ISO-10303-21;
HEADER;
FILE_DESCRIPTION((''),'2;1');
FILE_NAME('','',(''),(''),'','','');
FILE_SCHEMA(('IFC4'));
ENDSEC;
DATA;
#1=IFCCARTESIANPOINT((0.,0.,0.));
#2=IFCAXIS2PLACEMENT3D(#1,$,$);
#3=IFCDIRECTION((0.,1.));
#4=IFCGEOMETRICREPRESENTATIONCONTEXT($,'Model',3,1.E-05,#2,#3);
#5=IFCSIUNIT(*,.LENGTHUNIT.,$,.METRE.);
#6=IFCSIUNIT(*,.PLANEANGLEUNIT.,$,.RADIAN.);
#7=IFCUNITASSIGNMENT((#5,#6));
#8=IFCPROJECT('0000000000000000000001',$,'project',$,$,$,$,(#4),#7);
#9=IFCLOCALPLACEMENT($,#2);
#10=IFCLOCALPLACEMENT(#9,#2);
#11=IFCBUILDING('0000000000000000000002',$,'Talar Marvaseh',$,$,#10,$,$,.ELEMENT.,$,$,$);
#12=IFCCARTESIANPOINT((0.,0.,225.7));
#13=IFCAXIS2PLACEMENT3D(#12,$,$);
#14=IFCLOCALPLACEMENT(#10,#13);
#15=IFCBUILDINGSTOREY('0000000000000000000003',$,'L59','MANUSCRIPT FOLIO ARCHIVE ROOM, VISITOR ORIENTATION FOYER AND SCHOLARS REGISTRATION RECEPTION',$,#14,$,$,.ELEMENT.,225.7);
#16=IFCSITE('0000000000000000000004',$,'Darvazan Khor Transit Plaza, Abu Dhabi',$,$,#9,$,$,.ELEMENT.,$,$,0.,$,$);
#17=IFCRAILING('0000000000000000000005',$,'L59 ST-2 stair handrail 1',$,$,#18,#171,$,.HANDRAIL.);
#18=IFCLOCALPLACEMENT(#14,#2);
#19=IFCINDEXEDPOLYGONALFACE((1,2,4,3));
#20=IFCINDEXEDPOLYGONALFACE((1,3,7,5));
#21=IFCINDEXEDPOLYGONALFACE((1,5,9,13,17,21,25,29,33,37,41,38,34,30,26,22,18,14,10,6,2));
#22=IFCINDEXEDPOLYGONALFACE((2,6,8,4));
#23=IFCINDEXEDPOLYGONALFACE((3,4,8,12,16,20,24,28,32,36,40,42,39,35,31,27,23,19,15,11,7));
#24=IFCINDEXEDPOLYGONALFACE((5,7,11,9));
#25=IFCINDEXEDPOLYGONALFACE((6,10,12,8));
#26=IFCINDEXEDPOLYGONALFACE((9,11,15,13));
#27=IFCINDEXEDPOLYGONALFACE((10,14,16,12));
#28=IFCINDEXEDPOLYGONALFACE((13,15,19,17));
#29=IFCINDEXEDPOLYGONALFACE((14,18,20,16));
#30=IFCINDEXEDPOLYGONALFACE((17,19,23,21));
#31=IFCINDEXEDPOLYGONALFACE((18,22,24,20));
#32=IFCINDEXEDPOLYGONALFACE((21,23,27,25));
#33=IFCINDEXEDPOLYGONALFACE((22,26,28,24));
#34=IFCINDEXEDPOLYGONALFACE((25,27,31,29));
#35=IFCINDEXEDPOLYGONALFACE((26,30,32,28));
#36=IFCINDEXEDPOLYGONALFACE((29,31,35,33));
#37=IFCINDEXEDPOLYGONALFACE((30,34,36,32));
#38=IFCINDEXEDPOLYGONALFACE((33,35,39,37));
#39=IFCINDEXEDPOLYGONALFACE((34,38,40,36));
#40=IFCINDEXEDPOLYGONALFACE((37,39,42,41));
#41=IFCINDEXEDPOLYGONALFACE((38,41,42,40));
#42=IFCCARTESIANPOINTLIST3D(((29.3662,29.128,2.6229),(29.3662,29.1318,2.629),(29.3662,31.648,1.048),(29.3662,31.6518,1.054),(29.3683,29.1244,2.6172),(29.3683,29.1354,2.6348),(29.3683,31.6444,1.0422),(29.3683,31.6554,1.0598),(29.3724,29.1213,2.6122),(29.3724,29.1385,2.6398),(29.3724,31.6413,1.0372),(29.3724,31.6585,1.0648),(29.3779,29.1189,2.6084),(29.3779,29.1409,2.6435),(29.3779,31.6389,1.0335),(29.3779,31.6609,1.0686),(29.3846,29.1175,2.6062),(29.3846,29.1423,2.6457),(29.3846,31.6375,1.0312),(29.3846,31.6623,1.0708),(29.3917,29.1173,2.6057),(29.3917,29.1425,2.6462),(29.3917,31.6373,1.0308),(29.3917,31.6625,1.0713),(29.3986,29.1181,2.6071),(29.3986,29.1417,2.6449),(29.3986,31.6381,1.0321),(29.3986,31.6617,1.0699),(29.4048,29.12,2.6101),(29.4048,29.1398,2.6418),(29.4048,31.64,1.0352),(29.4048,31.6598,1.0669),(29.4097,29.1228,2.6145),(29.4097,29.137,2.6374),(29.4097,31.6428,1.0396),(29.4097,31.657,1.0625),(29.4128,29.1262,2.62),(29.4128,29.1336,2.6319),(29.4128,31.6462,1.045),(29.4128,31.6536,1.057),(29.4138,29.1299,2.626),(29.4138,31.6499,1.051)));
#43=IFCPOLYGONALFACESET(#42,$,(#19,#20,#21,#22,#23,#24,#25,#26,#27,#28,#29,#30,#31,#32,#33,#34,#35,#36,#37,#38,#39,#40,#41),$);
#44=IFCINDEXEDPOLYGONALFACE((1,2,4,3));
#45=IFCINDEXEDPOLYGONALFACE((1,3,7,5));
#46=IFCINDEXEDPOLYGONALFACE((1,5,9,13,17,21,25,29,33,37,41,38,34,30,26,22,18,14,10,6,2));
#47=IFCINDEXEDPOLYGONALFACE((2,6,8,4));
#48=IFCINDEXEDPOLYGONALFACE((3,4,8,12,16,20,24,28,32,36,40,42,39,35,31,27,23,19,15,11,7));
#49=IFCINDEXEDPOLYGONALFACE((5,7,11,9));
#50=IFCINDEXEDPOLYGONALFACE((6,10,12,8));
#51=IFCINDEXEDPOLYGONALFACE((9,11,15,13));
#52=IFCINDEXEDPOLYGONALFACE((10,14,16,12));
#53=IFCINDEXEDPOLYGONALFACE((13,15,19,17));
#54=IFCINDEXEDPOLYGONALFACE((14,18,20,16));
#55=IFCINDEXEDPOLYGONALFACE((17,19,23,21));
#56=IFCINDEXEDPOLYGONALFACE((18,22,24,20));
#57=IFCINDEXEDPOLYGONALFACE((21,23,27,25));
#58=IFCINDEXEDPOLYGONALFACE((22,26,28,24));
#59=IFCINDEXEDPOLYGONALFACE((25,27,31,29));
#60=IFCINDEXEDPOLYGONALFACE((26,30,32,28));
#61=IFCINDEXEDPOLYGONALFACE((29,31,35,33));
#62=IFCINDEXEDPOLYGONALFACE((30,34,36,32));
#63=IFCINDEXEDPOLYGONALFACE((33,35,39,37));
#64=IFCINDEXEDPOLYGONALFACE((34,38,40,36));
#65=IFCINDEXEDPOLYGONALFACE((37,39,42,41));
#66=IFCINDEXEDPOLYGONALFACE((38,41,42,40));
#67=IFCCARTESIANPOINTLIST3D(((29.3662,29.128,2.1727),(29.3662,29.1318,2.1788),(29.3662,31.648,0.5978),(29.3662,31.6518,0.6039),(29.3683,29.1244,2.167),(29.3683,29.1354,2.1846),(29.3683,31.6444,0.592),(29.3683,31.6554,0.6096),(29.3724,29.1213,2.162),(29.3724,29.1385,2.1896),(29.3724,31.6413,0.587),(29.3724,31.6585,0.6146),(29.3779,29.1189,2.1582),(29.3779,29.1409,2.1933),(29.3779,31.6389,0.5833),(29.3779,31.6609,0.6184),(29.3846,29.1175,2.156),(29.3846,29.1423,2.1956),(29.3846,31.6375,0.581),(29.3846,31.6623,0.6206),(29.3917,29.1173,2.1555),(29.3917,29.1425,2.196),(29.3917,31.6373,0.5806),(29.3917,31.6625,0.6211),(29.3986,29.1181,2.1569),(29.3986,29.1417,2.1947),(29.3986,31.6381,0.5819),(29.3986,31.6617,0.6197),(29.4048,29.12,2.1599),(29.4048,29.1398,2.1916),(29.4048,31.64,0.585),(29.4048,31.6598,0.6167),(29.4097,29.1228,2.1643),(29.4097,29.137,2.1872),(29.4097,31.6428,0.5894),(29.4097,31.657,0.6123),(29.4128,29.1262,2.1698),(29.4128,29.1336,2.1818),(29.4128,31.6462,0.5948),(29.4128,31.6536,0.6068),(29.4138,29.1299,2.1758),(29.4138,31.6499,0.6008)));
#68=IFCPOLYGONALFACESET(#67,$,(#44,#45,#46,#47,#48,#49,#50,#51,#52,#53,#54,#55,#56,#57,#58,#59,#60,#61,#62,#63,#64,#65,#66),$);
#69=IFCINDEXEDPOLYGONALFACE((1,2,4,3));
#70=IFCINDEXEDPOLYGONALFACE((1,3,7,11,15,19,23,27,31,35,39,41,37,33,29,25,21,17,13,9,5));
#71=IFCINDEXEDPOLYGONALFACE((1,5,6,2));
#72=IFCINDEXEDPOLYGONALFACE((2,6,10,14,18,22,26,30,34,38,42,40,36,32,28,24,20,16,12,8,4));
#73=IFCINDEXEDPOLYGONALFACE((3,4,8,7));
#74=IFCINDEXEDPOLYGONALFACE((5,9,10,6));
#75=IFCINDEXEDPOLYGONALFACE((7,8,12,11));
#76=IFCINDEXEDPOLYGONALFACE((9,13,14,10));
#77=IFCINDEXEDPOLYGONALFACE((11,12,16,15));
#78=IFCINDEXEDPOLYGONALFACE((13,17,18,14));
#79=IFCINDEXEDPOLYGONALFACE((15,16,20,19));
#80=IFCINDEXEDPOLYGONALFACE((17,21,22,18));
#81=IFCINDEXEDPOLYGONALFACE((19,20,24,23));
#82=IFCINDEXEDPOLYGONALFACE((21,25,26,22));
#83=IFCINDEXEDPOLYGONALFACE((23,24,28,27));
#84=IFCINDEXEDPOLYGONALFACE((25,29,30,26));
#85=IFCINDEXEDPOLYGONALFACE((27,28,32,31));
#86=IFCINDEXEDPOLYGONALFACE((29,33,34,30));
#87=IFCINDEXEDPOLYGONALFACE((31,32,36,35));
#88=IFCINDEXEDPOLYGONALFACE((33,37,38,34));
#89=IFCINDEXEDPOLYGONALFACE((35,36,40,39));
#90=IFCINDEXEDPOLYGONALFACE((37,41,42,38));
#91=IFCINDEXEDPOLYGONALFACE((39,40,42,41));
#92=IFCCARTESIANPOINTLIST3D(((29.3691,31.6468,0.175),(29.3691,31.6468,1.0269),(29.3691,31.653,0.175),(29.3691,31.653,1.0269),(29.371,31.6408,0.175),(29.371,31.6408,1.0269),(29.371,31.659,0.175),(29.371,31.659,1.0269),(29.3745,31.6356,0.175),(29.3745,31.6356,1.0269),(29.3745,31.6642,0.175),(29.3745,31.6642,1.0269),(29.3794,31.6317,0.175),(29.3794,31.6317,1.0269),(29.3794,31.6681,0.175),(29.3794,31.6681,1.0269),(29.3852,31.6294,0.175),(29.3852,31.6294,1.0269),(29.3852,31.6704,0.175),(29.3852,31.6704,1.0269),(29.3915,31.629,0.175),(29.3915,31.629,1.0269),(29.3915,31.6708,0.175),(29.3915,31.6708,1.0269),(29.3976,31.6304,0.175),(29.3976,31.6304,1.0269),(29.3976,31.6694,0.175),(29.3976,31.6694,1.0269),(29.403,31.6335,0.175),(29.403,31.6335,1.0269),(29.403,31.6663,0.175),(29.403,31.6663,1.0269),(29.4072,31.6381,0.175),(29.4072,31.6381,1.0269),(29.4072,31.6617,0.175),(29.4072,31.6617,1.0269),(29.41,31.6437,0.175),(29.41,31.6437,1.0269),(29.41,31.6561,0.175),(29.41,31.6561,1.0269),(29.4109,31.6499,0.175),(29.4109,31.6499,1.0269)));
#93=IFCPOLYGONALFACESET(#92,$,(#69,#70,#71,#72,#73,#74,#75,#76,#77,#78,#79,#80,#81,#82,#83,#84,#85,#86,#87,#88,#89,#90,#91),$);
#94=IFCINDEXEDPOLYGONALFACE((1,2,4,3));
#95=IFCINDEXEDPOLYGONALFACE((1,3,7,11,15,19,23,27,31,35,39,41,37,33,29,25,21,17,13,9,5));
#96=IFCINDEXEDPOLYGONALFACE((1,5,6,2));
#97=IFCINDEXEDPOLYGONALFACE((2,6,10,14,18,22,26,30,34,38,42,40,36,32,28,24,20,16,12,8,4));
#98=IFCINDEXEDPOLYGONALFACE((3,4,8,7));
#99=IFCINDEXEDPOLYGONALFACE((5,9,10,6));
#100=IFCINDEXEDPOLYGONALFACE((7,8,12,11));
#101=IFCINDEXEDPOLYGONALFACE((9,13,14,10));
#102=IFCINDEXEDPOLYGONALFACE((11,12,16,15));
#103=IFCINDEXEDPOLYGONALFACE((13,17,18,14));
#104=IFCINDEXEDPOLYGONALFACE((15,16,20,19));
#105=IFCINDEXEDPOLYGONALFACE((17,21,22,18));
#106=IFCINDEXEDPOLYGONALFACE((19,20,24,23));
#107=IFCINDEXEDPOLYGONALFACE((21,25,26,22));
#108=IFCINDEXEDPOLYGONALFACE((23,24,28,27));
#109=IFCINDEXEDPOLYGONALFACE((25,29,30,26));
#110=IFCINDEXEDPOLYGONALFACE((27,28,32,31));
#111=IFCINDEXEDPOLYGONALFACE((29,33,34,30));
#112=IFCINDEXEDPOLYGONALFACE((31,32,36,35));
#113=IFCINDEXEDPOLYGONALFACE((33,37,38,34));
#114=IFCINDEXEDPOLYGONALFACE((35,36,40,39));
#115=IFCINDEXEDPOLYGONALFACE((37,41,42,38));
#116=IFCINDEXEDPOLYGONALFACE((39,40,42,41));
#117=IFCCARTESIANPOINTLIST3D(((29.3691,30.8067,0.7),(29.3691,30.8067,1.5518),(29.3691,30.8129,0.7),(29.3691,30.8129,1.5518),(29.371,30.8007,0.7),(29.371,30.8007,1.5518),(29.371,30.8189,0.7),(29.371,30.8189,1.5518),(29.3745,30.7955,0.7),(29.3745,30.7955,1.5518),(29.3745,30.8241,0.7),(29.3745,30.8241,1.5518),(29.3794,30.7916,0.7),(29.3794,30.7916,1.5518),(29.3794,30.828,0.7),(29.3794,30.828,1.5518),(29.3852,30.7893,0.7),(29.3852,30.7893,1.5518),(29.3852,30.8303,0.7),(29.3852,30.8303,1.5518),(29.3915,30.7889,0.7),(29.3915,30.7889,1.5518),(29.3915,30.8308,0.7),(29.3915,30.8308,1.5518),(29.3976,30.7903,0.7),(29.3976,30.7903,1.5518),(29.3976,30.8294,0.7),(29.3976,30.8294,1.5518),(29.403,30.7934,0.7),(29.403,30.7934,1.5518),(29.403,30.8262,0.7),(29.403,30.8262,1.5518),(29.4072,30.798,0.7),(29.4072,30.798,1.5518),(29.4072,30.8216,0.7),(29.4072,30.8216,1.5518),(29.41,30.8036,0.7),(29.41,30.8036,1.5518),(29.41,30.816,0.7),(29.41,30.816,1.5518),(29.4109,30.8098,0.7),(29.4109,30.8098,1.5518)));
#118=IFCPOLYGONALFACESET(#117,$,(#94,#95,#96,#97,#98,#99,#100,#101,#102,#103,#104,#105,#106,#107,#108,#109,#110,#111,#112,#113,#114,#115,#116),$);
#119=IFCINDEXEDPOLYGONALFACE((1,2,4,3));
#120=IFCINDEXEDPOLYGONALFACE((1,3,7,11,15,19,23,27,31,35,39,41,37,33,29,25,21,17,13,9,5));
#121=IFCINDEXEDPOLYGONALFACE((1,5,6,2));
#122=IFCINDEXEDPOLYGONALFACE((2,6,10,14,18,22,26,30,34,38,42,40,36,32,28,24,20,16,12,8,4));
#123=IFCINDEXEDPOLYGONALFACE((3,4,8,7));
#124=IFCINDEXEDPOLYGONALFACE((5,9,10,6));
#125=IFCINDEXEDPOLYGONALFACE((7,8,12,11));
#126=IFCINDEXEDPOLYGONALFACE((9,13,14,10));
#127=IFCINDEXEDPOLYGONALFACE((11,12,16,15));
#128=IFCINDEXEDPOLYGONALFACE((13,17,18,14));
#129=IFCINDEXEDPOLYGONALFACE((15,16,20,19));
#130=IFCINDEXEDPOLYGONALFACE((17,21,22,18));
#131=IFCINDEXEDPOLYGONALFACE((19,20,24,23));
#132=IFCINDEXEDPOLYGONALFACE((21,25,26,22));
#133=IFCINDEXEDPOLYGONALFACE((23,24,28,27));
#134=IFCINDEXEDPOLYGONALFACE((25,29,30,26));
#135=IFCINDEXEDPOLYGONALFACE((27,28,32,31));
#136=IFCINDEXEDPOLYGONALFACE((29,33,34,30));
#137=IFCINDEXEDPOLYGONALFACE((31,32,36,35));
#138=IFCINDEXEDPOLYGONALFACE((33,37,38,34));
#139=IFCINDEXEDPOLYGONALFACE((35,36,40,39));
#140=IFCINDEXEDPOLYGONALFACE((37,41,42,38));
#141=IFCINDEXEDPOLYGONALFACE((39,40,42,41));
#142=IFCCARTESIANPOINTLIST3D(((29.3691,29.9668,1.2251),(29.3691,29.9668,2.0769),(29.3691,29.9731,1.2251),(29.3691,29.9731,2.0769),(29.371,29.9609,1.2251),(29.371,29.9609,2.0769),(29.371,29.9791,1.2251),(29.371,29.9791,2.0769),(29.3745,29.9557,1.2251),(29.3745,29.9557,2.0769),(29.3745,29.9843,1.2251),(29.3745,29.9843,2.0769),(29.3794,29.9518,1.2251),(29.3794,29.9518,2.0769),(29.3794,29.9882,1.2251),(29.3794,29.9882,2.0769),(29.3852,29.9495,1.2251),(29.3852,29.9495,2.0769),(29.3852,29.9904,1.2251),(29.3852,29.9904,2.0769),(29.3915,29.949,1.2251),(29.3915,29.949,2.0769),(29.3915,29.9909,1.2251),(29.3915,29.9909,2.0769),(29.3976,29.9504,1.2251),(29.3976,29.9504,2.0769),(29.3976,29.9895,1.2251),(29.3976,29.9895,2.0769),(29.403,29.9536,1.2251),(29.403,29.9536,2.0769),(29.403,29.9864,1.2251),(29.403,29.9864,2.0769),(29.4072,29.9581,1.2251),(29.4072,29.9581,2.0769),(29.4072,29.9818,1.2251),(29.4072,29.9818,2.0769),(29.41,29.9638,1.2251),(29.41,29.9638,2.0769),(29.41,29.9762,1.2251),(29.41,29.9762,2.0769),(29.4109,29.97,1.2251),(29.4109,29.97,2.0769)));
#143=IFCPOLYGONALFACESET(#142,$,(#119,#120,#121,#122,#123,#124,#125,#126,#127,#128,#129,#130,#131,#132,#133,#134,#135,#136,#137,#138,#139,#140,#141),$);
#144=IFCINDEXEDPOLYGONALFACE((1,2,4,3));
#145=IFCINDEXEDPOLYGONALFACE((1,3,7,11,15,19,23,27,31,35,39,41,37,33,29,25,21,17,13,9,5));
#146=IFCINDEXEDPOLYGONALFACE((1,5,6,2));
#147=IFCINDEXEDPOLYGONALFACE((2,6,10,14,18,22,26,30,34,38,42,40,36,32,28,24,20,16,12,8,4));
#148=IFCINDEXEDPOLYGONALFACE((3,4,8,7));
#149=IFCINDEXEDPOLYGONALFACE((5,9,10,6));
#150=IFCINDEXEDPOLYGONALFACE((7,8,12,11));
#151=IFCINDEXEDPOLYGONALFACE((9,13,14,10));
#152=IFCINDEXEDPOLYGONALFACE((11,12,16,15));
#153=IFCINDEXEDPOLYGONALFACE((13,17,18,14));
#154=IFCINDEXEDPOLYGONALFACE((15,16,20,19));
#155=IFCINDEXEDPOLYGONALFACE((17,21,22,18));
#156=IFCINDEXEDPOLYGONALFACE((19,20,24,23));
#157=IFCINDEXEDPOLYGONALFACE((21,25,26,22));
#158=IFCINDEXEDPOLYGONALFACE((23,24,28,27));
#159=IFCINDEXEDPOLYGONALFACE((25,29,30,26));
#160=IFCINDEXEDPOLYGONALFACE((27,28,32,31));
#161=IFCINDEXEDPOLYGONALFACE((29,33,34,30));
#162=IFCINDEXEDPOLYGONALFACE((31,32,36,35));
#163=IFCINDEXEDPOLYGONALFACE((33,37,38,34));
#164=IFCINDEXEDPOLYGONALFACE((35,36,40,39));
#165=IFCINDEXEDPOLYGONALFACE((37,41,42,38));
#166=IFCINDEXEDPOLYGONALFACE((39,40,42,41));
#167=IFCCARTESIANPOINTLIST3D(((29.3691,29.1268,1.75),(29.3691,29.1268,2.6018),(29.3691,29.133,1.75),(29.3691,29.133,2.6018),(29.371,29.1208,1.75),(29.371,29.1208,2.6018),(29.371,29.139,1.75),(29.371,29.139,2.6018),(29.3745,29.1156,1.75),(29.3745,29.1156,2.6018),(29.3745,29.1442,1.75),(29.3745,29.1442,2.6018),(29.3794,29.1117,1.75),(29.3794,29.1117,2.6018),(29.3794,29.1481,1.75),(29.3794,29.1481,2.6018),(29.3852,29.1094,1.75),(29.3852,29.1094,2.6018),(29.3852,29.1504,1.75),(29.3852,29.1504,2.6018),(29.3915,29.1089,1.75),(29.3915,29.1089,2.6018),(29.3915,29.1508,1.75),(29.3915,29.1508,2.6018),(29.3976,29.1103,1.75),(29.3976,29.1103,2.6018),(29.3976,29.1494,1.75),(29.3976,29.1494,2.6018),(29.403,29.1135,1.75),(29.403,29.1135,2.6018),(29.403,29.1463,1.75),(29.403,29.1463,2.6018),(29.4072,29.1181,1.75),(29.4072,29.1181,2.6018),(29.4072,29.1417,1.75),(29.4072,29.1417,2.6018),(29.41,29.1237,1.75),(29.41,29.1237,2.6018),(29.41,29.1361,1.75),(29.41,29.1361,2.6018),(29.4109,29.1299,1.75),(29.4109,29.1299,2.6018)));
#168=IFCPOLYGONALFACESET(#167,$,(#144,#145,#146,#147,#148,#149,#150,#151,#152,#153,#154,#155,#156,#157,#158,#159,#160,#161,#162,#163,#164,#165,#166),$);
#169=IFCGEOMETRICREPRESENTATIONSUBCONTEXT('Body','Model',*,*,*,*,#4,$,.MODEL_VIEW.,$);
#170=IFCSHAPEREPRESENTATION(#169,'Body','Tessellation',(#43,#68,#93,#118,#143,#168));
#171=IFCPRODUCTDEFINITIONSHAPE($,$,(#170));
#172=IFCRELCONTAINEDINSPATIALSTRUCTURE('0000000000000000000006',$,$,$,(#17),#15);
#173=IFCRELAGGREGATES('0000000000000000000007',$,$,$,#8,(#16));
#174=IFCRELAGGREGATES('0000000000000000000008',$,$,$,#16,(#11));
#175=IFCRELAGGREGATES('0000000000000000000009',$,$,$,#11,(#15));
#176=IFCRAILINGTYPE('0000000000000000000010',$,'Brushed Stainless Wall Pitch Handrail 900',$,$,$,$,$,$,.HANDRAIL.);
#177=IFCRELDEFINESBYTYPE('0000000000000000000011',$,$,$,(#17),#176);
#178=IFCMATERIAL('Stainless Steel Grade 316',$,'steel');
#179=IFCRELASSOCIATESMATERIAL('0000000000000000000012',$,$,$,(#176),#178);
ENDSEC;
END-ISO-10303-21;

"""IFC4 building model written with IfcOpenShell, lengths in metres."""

from ifc_helpers import new_model, si_unit, direction, frame, origin, origin_2d, place, context, subcontext, project, spatial, circle, extrude, material, type_object, element, save


model = new_model("IFC4")

# Units and contexts
model_context = context("Model", 3, precision=1e-05, world=origin(), true_north=direction((0.0, 1.0)))
body_context = subcontext(model_context, "Body", "Model", "MODEL_VIEW")
ifc_project = project(units=[si_unit("LENGTHUNIT", "METRE"), si_unit("PLANEANGLEUNIT", "RADIAN")], contexts=[model_context])

# Site, building, storey
site_placement = place(None, origin())
site = spatial("IfcSite", under=ifc_project, at=site_placement, Name="Darvazan Khor Transit Plaza, Abu Dhabi", CompositionType="ELEMENT", RefElevation=0.0)
building_placement = place(site_placement, origin())
building = spatial("IfcBuilding", under=site, at=building_placement, Name="Talar Marvaseh", CompositionType="ELEMENT")
storey_placement = place(building_placement, frame((0.0, 0.0, 225.7)))
storey = spatial("IfcBuildingStorey", under=building, at=storey_placement, Name="L59", Description="MANUSCRIPT FOLIO ARCHIVE ROOM, VISITOR ORIENTATION FOYER AND SCHOLARS REGISTRATION RECEPTION", CompositionType="ELEMENT", Elevation=225.7)

# Shared definitions
ifc_material_1 = material(Name="Stainless Steel Grade 316", Category="steel")

# Railing
railing_type_1 = type_object("IfcRailingType", Name="Brushed Stainless Wall Pitch Handrail 900", PredefinedType="HANDRAIL", material=ifc_material_1)
railing_1_placement = place(storey_placement, frame((29.3899, 31.6499, 0.175)))
element("IfcRailing", 1, at=railing_1_placement, inside=storey, type_object=railing_type_1, Name="L59 ST-2 stair handrail 1", PredefinedType="HANDRAIL", context=body_context, shape_type="SweptSolid", body=[
    extrude(circle(Radius=0.0239, at=origin_2d()), frame((0.0, 0.0, 0.876), z_axis=(0.0, -0.848008, 0.529984), x_axis=(1.0, 0.0, 0.0)), (0.0, 0.0, 1.0), 2.9717),
    extrude(circle(Radius=0.0239, at=origin_2d()), frame((0.0, 0.0, 0.4258), z_axis=(0.0, -0.848008, 0.529984), x_axis=(1.0, 0.0, 0.0)), (0.0, 0.0, 1.0), 2.9717),
    extrude(circle(Radius=0.021, at=origin_2d()), origin(), (0.0, 0.0, 1.0), 0.8518),
    extrude(circle(Radius=0.021, at=origin_2d()), frame((0.0, -0.8401, 0.5249)), (0.0, 0.0, 1.0), 0.8518),
    extrude(circle(Radius=0.021, at=origin_2d()), frame((0.0, -1.6799, 1.05)), (0.0, 0.0, 1.0), 0.8518),
    extrude(circle(Radius=0.021, at=origin_2d()), frame((0.0, -2.52, 1.575)), (0.0, 0.0, 1.0), 0.8518),
])

save(model, "model.ifc")
